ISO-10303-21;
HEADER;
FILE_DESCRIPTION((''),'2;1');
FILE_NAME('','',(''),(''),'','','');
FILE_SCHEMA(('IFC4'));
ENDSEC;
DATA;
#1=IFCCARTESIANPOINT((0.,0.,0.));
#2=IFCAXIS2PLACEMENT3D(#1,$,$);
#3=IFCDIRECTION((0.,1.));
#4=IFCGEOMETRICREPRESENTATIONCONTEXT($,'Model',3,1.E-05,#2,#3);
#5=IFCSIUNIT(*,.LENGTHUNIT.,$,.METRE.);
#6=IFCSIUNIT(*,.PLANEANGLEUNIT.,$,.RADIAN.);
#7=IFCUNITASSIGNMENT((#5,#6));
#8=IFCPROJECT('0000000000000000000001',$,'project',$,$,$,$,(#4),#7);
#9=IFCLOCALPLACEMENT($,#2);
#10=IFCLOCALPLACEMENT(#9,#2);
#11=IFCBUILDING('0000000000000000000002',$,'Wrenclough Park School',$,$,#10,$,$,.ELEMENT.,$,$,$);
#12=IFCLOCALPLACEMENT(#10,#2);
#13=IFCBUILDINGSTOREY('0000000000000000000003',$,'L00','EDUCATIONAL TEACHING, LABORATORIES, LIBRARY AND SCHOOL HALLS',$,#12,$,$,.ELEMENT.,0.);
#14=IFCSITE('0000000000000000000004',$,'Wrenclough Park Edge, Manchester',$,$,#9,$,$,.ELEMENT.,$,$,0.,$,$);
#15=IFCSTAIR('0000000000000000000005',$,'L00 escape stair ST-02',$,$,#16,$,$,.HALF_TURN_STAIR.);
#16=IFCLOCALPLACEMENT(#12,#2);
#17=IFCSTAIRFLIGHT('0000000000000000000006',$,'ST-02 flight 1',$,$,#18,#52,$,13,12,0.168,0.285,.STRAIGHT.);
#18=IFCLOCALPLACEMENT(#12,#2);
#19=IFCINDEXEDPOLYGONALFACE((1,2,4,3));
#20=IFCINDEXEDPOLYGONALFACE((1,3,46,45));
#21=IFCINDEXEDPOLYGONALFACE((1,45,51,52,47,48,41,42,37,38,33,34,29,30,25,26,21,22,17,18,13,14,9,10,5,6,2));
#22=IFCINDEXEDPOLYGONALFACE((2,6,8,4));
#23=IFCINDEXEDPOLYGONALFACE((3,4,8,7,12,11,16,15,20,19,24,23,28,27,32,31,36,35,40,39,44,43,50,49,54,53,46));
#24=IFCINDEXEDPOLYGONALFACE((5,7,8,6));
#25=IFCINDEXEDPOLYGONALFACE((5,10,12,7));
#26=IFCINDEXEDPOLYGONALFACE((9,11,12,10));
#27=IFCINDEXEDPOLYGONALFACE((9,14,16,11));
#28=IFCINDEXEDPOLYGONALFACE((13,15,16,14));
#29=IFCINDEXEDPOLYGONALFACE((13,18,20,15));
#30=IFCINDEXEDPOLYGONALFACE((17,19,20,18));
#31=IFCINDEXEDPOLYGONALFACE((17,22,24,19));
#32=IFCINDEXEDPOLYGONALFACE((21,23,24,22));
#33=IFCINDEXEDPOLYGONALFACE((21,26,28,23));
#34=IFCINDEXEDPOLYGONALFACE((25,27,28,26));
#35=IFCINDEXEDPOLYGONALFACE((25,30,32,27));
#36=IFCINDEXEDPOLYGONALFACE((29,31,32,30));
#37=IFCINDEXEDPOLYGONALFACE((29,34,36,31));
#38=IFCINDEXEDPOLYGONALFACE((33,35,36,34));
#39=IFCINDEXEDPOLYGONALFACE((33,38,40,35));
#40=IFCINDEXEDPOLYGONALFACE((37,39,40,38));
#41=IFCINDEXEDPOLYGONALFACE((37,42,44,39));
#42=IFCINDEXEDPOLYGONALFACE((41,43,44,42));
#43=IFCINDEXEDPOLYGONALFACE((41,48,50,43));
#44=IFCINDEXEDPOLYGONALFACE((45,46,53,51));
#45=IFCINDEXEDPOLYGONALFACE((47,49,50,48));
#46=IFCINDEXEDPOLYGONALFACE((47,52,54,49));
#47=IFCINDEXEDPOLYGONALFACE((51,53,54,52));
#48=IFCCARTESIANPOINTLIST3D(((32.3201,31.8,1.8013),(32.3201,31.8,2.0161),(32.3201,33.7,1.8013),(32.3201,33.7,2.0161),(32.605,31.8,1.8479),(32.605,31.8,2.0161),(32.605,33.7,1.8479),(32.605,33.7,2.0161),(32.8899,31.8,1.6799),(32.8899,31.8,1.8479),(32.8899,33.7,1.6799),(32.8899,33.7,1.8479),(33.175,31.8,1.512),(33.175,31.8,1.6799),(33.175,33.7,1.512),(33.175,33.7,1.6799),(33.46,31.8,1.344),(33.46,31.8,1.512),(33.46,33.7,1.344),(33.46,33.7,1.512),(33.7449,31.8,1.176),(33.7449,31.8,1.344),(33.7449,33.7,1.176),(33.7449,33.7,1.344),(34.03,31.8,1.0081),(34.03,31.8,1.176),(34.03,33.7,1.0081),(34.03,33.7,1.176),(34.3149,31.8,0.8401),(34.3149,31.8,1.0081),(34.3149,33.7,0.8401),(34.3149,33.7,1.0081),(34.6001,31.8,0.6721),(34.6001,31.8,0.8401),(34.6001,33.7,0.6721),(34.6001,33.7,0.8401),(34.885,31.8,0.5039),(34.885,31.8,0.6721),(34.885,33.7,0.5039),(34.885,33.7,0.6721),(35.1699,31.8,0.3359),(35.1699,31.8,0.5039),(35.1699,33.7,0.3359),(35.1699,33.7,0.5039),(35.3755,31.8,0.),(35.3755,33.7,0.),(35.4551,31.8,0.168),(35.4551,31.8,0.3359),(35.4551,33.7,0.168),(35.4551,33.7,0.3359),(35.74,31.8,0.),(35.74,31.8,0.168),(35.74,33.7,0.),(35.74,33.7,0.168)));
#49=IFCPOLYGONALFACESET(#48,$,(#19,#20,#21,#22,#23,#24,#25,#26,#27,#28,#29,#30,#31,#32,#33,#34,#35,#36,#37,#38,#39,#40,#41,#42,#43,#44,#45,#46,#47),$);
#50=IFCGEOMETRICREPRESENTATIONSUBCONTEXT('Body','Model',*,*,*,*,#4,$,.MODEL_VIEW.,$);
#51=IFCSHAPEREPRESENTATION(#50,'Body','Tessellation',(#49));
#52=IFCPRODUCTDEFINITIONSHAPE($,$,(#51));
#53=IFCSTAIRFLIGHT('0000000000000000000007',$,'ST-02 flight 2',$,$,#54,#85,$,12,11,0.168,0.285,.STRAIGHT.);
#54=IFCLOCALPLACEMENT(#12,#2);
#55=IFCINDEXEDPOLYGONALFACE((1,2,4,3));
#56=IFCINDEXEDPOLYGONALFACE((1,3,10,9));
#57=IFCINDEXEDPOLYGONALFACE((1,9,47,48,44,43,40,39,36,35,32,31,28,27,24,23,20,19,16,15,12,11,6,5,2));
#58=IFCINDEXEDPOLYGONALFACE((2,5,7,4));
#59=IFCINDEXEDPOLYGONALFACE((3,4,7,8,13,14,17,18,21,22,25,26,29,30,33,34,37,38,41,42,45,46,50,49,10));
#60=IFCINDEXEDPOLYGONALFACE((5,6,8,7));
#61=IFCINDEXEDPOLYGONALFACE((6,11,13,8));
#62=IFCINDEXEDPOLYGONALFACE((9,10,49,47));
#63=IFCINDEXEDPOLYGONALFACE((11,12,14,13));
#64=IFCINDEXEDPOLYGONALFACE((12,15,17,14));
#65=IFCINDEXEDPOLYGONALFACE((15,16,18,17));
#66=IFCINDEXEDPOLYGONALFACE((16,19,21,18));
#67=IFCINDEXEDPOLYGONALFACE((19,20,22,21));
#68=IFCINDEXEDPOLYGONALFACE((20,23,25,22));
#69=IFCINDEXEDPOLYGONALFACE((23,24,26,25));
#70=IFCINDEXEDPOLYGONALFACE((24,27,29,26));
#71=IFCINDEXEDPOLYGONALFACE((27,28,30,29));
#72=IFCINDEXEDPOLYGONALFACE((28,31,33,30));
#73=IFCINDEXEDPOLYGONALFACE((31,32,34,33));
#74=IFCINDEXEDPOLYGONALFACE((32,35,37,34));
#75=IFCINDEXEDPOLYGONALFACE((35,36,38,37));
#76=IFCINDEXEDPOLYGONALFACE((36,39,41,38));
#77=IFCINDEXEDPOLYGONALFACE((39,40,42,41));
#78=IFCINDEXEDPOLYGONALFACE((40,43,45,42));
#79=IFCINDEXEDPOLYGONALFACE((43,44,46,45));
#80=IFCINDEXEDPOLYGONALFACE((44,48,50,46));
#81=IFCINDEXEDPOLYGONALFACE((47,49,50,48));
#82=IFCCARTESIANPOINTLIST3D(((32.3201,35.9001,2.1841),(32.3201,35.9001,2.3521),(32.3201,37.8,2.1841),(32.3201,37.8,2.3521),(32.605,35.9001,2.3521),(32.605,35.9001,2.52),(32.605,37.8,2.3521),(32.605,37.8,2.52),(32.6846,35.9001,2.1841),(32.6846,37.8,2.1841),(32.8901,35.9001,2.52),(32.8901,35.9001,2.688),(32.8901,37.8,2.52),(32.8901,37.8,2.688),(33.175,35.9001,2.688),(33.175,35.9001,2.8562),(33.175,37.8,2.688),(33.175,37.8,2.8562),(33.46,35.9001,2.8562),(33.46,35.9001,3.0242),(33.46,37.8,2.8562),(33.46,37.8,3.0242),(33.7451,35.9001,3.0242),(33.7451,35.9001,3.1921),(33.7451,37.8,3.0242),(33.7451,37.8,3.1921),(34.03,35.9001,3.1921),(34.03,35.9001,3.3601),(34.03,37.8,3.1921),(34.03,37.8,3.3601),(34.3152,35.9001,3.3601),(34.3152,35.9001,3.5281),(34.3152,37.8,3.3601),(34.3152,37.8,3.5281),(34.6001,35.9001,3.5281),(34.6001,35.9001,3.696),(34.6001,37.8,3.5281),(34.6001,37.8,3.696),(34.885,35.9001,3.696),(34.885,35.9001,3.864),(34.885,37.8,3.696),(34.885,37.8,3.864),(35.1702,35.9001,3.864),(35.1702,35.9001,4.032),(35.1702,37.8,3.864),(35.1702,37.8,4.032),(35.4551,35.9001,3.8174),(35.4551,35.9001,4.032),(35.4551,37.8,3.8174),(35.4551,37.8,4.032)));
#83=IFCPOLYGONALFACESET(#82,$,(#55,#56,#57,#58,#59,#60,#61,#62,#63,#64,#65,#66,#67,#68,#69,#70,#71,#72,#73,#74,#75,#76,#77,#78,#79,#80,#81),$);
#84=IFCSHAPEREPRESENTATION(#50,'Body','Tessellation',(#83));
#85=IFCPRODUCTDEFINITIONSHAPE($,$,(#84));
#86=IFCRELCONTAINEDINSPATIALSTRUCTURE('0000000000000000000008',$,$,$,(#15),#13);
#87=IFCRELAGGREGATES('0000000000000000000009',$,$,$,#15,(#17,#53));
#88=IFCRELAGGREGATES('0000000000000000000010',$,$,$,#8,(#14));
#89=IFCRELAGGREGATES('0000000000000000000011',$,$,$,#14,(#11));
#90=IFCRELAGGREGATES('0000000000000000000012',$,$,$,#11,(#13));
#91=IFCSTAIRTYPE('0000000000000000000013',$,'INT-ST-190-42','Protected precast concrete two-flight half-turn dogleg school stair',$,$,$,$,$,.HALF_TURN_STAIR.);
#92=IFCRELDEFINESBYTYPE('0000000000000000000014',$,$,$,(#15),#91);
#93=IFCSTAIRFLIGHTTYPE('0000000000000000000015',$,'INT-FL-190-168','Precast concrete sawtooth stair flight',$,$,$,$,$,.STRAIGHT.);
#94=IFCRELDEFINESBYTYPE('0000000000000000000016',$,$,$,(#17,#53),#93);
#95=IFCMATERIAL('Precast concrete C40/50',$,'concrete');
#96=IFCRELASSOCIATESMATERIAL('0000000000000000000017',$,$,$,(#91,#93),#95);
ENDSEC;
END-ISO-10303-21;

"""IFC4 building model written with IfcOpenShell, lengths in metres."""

from ifc_helpers import new_model, si_unit, direction, frame, origin, place, context, subcontext, project, spatial, polyline, outline, extrude, material, type_object, element, aggregate, save


model = new_model("IFC4")

# Units and contexts
model_context = context("Model", 3, precision=1e-05, world=origin(), true_north=direction((0.0, 1.0)))
body_context = subcontext(model_context, "Body", "Model", "MODEL_VIEW")
ifc_project = project(units=[si_unit("LENGTHUNIT", "METRE"), si_unit("PLANEANGLEUNIT", "RADIAN")], contexts=[model_context])

# Site, building, storey
site_placement = place(None, origin())
site = spatial("IfcSite", under=ifc_project, at=site_placement, Name="Wrenclough Park Edge, Manchester", CompositionType="ELEMENT", RefElevation=0.0)
building_placement = place(site_placement, origin())
building = spatial("IfcBuilding", under=site, at=building_placement, Name="Wrenclough Park School", CompositionType="ELEMENT")
storey_placement = place(building_placement, origin())
storey = spatial("IfcBuildingStorey", under=building, at=storey_placement, Name="L00", Description="EDUCATIONAL TEACHING, LABORATORIES, LIBRARY AND SCHOOL HALLS", CompositionType="ELEMENT", Elevation=0.0)

# Stair, stair flights
ifc_material_1 = material(Name="Precast concrete C40/50", Category="concrete")
stair_type = type_object("IfcStairType", Name="INT-ST-190-42", Description="Protected precast concrete two-flight half-turn dogleg school stair", PredefinedType="HALF_TURN_STAIR", material=ifc_material_1)
stair_placement = place(storey_placement, origin())
stair = element("IfcStair", 1, at=stair_placement, inside=storey, type_object=stair_type, Name="L00 escape stair ST-02", PredefinedType="HALF_TURN_STAIR")
stair_flight_type = type_object("IfcStairFlightType", Name="INT-FL-190-168", Description="Precast concrete sawtooth stair flight", PredefinedType="STRAIGHT", material=ifc_material_1)
stair_flight_1_placement = place(storey_placement, frame((35.74, 32.75, 0.0), z_axis=(0.0, 0.0, 1.0), x_axis=(-1.0, 0.0, 0.0)))
stair_flight_1 = element("IfcStairFlight", 2, at=stair_flight_1_placement, type_object=stair_flight_type, Name="ST-02 flight 1", NumberOfRisers=13, NumberOfTreads=12, PredefinedType="STRAIGHT", RiserHeight=0.168, TreadLength=0.285, context=body_context, shape_type="SweptSolid", body=[
    extrude(outline(polyline([(0.0, 0.0), (0.0, 0.168), (0.2849, 0.168), (0.2849, 0.3359), (0.5701, 0.3359), (0.5701, 0.5039), (0.855, 0.5039), (0.855, 0.6721), (1.1399, 0.6721), (1.1399, 0.8401), (1.425, 0.8401), (1.425, 1.0081), (1.71, 1.0081), (1.71, 1.176), (1.9951, 1.176), (1.9951, 1.344), (2.28, 1.344), (2.28, 1.512), (2.5649, 1.512), (2.5649, 1.6799), (2.8501, 1.6799), (2.8501, 1.8479), (3.135, 1.8479), (3.135, 2.0161), (3.4199, 2.0161), (3.4199, 2.1841), (3.4199, 1.8013), (0.3645, 0.0), (0.0, 0.0)])), frame((0.0, 0.95, 0.0), z_axis=(0.0, -1.0, 0.0), x_axis=(1.0, 0.0, 0.0)), (0.0, 0.0, 1.0), 1.8999),
])
stair_flight_2_placement = place(storey_placement, frame((32.3201, 36.8501, 2.1841), z_axis=(0.0, 0.0, 1.0), x_axis=(1.0, 0.0, 0.0)))
stair_flight_2 = element("IfcStairFlight", 3, at=stair_flight_2_placement, type_object=stair_flight_type, Name="ST-02 flight 2", NumberOfRisers=12, NumberOfTreads=11, PredefinedType="STRAIGHT", RiserHeight=0.168, TreadLength=0.285, context=body_context, shape_type="SweptSolid", body=[
    extrude(outline(polyline([(0.0, 0.0), (0.0, 0.168), (0.2849, 0.168), (0.2849, 0.3359), (0.5701, 0.3359), (0.5701, 0.5039), (0.855, 0.5039), (0.855, 0.6721), (1.1399, 0.6721), (1.1399, 0.8401), (1.425, 0.8401), (1.425, 1.0081), (1.71, 1.0081), (1.71, 1.176), (1.9951, 1.176), (1.9951, 1.344), (2.28, 1.344), (2.28, 1.512), (2.5649, 1.512), (2.5649, 1.6799), (2.8501, 1.6799), (2.8501, 1.8479), (3.135, 1.8479), (3.135, 2.0161), (3.135, 1.6333), (0.3645, 0.0), (0.0, 0.0)])), frame((0.0, 0.95, 0.0), z_axis=(0.0, -1.0, 0.0), x_axis=(1.0, 0.0, 0.0)), (0.0, 0.0, 1.0), 1.8999),
])
aggregate(stair, [stair_flight_1, stair_flight_2])

save(model, "model.ifc")
